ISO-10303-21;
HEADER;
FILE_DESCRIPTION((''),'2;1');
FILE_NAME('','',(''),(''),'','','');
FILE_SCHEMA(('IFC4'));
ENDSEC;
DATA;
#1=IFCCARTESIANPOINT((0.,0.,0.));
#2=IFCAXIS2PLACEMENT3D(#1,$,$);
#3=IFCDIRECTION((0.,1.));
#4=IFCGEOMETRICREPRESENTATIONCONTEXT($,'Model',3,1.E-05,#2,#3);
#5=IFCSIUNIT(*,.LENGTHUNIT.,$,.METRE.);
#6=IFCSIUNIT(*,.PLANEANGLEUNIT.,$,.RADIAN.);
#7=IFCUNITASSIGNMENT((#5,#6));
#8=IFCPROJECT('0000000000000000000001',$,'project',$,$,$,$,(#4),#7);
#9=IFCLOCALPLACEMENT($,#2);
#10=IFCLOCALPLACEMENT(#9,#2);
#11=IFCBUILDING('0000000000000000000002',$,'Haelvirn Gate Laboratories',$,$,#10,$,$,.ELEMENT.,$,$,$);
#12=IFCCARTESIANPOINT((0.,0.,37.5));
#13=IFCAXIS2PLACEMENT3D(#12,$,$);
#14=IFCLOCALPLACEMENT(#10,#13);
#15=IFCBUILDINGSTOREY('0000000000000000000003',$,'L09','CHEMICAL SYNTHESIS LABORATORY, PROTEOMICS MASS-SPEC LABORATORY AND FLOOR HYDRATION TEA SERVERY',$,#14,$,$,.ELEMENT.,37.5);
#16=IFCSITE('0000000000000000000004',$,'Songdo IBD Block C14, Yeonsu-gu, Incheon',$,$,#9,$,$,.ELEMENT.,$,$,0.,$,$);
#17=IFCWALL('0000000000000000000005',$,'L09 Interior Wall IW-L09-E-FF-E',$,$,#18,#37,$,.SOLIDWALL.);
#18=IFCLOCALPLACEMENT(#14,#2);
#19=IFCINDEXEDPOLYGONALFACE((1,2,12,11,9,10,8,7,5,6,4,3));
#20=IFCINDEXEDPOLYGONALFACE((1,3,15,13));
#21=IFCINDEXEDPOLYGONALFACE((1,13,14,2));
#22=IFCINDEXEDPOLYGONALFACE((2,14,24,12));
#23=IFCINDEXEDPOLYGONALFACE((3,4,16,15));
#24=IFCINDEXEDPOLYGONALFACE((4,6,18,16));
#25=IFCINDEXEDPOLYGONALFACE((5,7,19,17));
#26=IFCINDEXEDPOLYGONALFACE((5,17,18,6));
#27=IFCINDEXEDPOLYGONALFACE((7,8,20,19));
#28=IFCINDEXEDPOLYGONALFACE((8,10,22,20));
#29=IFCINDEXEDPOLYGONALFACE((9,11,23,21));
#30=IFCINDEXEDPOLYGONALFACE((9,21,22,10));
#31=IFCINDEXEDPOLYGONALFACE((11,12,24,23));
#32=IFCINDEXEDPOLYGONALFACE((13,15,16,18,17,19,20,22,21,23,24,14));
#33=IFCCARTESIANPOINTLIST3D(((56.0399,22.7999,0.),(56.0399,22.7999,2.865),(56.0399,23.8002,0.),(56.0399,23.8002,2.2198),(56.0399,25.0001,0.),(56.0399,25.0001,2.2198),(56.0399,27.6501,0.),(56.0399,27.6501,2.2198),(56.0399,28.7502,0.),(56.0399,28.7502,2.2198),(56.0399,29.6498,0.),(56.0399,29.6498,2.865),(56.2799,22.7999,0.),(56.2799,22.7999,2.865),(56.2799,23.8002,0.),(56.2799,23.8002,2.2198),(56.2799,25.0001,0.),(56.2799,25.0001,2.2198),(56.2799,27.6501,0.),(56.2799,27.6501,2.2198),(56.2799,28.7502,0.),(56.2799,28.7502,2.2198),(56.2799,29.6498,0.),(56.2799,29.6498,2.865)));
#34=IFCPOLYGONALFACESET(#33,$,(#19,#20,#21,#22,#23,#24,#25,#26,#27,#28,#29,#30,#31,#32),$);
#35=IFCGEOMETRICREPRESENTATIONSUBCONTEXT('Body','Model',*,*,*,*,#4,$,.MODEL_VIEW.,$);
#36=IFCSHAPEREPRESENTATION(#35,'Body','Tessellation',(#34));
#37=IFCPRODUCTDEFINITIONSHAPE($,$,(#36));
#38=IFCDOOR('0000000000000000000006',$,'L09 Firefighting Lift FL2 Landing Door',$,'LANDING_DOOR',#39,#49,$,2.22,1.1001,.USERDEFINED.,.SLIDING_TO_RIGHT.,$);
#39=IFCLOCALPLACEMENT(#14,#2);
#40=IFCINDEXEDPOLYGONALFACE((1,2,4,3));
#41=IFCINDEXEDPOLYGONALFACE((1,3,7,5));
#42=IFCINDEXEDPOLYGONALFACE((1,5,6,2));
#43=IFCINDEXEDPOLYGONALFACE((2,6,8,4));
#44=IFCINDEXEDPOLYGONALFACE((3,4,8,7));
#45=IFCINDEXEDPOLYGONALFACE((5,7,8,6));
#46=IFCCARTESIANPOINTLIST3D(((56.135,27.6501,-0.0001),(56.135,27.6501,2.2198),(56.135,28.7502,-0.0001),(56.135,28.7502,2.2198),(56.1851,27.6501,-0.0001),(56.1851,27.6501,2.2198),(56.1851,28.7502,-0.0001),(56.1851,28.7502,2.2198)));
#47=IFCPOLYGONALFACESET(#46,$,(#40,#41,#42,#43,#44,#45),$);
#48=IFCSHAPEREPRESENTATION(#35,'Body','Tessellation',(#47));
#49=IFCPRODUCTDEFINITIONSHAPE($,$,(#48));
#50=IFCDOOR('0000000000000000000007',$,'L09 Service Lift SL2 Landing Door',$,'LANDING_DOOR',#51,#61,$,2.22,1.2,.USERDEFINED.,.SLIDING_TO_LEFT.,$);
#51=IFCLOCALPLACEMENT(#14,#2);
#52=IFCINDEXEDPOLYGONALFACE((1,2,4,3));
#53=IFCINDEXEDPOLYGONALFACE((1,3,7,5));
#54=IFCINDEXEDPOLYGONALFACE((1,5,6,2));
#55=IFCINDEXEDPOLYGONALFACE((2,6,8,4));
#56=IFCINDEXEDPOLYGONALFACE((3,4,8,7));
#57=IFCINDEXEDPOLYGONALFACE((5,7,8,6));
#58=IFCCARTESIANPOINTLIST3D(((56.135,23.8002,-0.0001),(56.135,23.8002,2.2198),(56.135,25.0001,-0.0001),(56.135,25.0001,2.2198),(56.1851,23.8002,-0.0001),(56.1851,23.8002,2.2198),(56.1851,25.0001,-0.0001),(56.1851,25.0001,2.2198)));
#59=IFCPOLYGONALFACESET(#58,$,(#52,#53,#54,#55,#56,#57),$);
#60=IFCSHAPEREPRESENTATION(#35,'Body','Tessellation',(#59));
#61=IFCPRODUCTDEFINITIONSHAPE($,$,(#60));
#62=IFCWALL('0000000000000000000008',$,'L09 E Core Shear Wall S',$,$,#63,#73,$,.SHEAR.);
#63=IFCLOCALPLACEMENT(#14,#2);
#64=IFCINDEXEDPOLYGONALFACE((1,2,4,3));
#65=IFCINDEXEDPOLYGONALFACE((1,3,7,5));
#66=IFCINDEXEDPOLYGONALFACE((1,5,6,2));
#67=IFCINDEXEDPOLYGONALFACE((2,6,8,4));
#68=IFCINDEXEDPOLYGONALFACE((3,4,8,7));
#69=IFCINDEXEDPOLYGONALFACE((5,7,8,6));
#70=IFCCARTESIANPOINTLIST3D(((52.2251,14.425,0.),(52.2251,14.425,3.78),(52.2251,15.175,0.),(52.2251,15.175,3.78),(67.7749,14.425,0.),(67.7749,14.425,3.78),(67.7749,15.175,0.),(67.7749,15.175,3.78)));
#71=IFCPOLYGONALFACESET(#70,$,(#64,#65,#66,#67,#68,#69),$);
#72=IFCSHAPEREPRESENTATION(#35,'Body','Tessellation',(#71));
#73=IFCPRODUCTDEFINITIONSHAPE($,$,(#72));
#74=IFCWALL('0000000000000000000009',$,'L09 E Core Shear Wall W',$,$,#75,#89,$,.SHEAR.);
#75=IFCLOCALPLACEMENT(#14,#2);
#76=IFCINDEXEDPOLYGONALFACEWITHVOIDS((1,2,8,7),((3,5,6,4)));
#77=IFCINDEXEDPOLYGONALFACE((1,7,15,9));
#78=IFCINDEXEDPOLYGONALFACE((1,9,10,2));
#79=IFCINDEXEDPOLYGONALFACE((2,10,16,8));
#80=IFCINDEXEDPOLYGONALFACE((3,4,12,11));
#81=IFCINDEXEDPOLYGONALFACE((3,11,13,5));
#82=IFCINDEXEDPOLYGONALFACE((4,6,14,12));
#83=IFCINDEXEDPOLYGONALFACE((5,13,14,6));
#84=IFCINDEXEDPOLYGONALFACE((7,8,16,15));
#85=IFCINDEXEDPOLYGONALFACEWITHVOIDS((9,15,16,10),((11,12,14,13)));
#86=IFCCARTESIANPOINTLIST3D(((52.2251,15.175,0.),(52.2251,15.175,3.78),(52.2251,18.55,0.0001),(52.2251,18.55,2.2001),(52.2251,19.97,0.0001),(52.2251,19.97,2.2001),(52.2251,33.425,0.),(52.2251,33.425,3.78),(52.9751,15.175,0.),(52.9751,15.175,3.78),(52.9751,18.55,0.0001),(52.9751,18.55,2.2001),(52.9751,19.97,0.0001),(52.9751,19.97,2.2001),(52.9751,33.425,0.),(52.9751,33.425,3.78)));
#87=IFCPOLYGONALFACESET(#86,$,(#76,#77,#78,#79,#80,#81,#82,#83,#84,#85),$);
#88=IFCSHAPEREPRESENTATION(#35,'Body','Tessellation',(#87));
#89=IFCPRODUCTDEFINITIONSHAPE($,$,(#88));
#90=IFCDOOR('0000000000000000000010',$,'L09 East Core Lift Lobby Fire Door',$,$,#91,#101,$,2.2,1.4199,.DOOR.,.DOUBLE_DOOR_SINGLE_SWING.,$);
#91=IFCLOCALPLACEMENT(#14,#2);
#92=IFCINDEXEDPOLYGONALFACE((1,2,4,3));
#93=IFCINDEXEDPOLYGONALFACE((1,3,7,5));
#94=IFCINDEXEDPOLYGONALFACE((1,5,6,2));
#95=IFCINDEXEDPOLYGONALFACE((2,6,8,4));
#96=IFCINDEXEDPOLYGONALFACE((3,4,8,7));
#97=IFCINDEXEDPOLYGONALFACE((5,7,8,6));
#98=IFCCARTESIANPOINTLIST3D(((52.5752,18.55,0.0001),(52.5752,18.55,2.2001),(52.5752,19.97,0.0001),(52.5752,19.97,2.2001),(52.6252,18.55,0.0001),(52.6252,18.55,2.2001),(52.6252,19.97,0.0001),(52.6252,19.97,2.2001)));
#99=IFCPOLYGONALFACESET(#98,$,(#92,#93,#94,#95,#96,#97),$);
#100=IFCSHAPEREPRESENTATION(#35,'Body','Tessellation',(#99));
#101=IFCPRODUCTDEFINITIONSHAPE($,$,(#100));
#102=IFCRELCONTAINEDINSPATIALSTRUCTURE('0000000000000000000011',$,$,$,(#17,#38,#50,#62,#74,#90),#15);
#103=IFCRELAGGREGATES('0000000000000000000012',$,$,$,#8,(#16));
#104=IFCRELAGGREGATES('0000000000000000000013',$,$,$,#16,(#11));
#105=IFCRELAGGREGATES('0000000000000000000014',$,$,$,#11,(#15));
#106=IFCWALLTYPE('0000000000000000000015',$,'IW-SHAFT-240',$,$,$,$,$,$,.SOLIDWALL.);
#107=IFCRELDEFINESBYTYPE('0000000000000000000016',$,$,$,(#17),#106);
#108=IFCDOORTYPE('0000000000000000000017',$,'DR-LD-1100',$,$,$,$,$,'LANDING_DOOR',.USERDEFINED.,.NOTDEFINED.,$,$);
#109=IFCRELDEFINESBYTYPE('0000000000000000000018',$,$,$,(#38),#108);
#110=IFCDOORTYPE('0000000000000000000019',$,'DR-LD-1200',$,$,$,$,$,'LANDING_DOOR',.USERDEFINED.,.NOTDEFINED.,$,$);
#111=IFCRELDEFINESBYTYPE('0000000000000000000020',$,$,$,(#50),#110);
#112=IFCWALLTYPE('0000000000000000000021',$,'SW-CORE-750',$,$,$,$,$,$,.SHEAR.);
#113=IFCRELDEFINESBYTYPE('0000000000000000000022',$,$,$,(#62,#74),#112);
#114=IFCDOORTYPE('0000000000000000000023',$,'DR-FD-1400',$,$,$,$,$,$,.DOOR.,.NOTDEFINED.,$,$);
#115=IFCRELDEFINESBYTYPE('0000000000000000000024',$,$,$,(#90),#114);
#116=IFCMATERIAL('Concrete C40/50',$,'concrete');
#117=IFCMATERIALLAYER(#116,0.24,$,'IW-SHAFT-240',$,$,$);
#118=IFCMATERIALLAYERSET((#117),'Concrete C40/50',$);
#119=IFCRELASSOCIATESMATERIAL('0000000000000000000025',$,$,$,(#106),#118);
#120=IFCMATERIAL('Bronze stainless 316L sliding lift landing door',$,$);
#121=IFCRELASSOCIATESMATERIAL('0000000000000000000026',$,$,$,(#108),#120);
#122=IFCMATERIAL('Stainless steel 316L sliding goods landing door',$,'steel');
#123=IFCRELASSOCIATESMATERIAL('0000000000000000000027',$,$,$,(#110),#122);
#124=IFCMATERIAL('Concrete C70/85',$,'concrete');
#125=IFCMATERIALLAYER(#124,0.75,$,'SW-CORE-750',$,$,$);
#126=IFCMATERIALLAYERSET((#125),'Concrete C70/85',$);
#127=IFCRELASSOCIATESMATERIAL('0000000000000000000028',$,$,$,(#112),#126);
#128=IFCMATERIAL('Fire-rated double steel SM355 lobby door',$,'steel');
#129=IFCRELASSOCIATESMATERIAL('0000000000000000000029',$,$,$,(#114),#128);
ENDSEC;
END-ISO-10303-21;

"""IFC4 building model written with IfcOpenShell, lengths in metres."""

from ifc_helpers import new_model, si_unit, direction, frame, frame_2d, origin, place, context, subcontext, project, spatial, rectangle, extrude, source, transform, mapped, material, layer, layer_set, type_object, type_shapes, element, fill, save


model = new_model("IFC4")

# Units and contexts
model_context = context("Model", 3, precision=1e-05, world=origin(), true_north=direction((0.0, 1.0)))
body_context = subcontext(model_context, "Body", "Model", "MODEL_VIEW")
ifc_project = project(units=[si_unit("LENGTHUNIT", "METRE"), si_unit("PLANEANGLEUNIT", "RADIAN")], contexts=[model_context])

# Site, building, storey
site_placement = place(None, origin())
site = spatial("IfcSite", under=ifc_project, at=site_placement, Name="Songdo IBD Block C14, Yeonsu-gu, Incheon", CompositionType="ELEMENT", RefElevation=0.0)
building_placement = place(site_placement, origin())
building = spatial("IfcBuilding", under=site, at=building_placement, Name="Haelvirn Gate Laboratories", CompositionType="ELEMENT")
storey_placement = place(building_placement, frame((0.0, 0.0, 37.5)))
storey = spatial("IfcBuildingStorey", under=building, at=storey_placement, Name="L09", Description="CHEMICAL SYNTHESIS LABORATORY, PROTEOMICS MASS-SPEC LABORATORY AND FLOOR HYDRATION TEA SERVERY", CompositionType="ELEMENT", Elevation=37.5)

# Shared definitions
ifc_material_1 = material(Name="Concrete C70/85", Category="concrete")

# Shared definitions
ifc_material_2 = material(Name="Concrete C40/50", Category="concrete")

# Wall, openings, doors
ifc_layer_1 = layer(ifc_material_2, 0.24, Name="IW-SHAFT-240")
ifc_layer_set_1 = layer_set([ifc_layer_1], Name="Concrete C40/50")
wall_type_1 = type_object("IfcWallType", Name="IW-SHAFT-240", PredefinedType="SOLIDWALL", material=ifc_layer_set_1)
wall_1_placement = place(storey_placement, frame((56.1599, 22.8, 0.0), z_axis=(0.0, 0.0, 1.0), x_axis=(0.0, 1.0, 0.0)))
wall_1 = element("IfcWall", 1, at=wall_1_placement, inside=storey, type_object=wall_type_1, Name="L09 Interior Wall IW-L09-E-FF-E", PredefinedType="SOLIDWALL", context=body_context, shape_type="SweptSolid", body=[
    extrude(rectangle(XDim=6.8499, YDim=0.24, at=frame_2d((3.4248, 0.0))), origin(), (0.0, 0.0, 1.0), 2.865),
])
opening_1_placement = place(wall_1_placement, frame((4.8501, 0.0, 0.0)))
opening_1 = element("IfcOpeningElement", 2, at=opening_1_placement, cuts=wall_1, PredefinedType="OPENING", context=body_context, shape_type="SweptSolid", body=[
    extrude(rectangle(XDim=1.1001, YDim=2.22, at=frame_2d((0.55, 1.1099))), frame((0.0, 0.1299, 0.0), z_axis=(0.0, -1.0, 0.0), x_axis=(1.0, 0.0, 0.0)), (0.0, 0.0, 1.0), 0.26),
])
opening_2_placement = place(wall_1_placement, frame((1.0, 0.0, 0.0)))
opening_2 = element("IfcOpeningElement", 3, at=opening_2_placement, cuts=wall_1, PredefinedType="OPENING", context=body_context, shape_type="SweptSolid", body=[
    extrude(rectangle(XDim=1.2, YDim=2.22, at=frame_2d((0.6001, 1.1099))), frame((0.0, 0.1299, 0.0), z_axis=(0.0, -1.0, 0.0), x_axis=(1.0, 0.0, 0.0)), (0.0, 0.0, 1.0), 0.26),
])
ifc_material_3 = material(Name="Bronze stainless 316L sliding lift landing door")
door_type_1 = type_object("IfcDoorType", Name="DR-LD-1100", ElementType="LANDING_DOOR", OperationType="NOTDEFINED", PredefinedType="USERDEFINED", material=ifc_material_3)
shared_shape_1 = source(origin(), body_context, "Body", "SweptSolid", [
    extrude(rectangle(XDim=1.1001, YDim=2.22, at=frame_2d((0.55, 1.1099))), frame((0.0, 0.0249, 0.0), z_axis=(0.0, -1.0, 0.0), x_axis=(1.0, 0.0, 0.0)), (0.0, 0.0, 1.0), 0.05),
])
type_shapes(door_type_1, [shared_shape_1])
door_1_placement = place(opening_1_placement, origin())
door_1 = element("IfcDoor", 4, at=door_1_placement, inside=storey, type_object=door_type_1, Name="L09 Firefighting Lift FL2 Landing Door", ObjectType="LANDING_DOOR", OperationType="SLIDING_TO_RIGHT", OverallHeight=2.22, OverallWidth=1.1001, PredefinedType="USERDEFINED", context=body_context, shape_type="MappedRepresentation", body=[
    mapped(shared_shape_1, transform((0.0, 0.0, 0.0), scale=1.0)),
])
fill(opening_1, door_1)
ifc_material_4 = material(Name="Stainless steel 316L sliding goods landing door", Category="steel")
door_type_2 = type_object("IfcDoorType", Name="DR-LD-1200", ElementType="LANDING_DOOR", OperationType="NOTDEFINED", PredefinedType="USERDEFINED", material=ifc_material_4)
shared_shape_2 = source(origin(), body_context, "Body", "SweptSolid", [
    extrude(rectangle(XDim=1.2, YDim=2.22, at=frame_2d((0.6001, 1.1099))), frame((0.0, 0.0249, 0.0), z_axis=(0.0, -1.0, 0.0), x_axis=(1.0, 0.0, 0.0)), (0.0, 0.0, 1.0), 0.05),
])
type_shapes(door_type_2, [shared_shape_2])
door_2_placement = place(opening_2_placement, origin())
door_2 = element("IfcDoor", 5, at=door_2_placement, inside=storey, type_object=door_type_2, Name="L09 Service Lift SL2 Landing Door", ObjectType="LANDING_DOOR", OperationType="SLIDING_TO_LEFT", OverallHeight=2.22, OverallWidth=1.2, PredefinedType="USERDEFINED", context=body_context, shape_type="MappedRepresentation", body=[
    mapped(shared_shape_2, transform((0.0, 0.0, 0.0), scale=1.0)),
])
fill(opening_2, door_2)

# Wall
ifc_layer_2 = layer(ifc_material_1, 0.75, Name="SW-CORE-750")
ifc_layer_set_2 = layer_set([ifc_layer_2], Name="Concrete C70/85")
wall_type_2 = type_object("IfcWallType", Name="SW-CORE-750", PredefinedType="SHEAR", material=ifc_layer_set_2)
wall_2_placement = place(storey_placement, frame((52.2251, 14.8, 0.0), z_axis=(0.0, 0.0, 1.0), x_axis=(1.0, 0.0, 0.0)))
element("IfcWall", 6, at=wall_2_placement, inside=storey, type_object=wall_type_2, Name="L09 E Core Shear Wall S", PredefinedType="SHEAR", context=body_context, shape_type="SweptSolid", body=[
    extrude(rectangle(XDim=15.5498, YDim=0.75, at=frame_2d((7.7749, 0.0))), origin(), (0.0, 0.0, 1.0), 3.78),
])

# Wall, opening, door
wall_3_placement = place(storey_placement, frame((52.6001, 15.175, 0.0), z_axis=(0.0, 0.0, 1.0), x_axis=(0.0, 1.0, 0.0)))
wall_3 = element("IfcWall", 7, at=wall_3_placement, inside=storey, type_object=wall_type_2, Name="L09 E Core Shear Wall W", PredefinedType="SHEAR", context=body_context, shape_type="SweptSolid", body=[
    extrude(rectangle(XDim=18.25, YDim=0.75, at=frame_2d((9.125, 0.0))), origin(), (0.0, 0.0, 1.0), 3.78),
])
opening_3_placement = place(wall_3_placement, frame((3.375, 0.0, 0.0)))
opening_3 = element("IfcOpeningElement", 8, at=opening_3_placement, cuts=wall_3, PredefinedType="OPENING", context=body_context, shape_type="SweptSolid", body=[
    extrude(rectangle(XDim=1.4199, YDim=2.2, at=frame_2d((0.71, 1.1001))), frame((0.0, 0.385, 0.0), z_axis=(0.0, -1.0, 0.0), x_axis=(1.0, 0.0, 0.0)), (0.0, 0.0, 1.0), 0.77),
])
ifc_material_5 = material(Name="Fire-rated double steel SM355 lobby door", Category="steel")
door_type_3 = type_object("IfcDoorType", Name="DR-FD-1400", OperationType="NOTDEFINED", PredefinedType="DOOR", material=ifc_material_5)
shared_shape_3 = source(origin(), body_context, "Body", "SweptSolid", [
    extrude(rectangle(XDim=1.4199, YDim=2.2, at=frame_2d((0.71, 1.1001))), frame((0.0, 0.0249, 0.0), z_axis=(0.0, -1.0, 0.0), x_axis=(1.0, 0.0, 0.0)), (0.0, 0.0, 1.0), 0.05),
])
type_shapes(door_type_3, [shared_shape_3])
door_3_placement = place(opening_3_placement, origin())
door_3 = element("IfcDoor", 9, at=door_3_placement, inside=storey, type_object=door_type_3, Name="L09 East Core Lift Lobby Fire Door", OperationType="DOUBLE_DOOR_SINGLE_SWING", OverallHeight=2.2, OverallWidth=1.4199, PredefinedType="DOOR", context=body_context, shape_type="MappedRepresentation", body=[
    mapped(shared_shape_3, transform((0.0, 0.0, 0.0), scale=1.0)),
])
fill(opening_3, door_3)

save(model, "model.ifc")
